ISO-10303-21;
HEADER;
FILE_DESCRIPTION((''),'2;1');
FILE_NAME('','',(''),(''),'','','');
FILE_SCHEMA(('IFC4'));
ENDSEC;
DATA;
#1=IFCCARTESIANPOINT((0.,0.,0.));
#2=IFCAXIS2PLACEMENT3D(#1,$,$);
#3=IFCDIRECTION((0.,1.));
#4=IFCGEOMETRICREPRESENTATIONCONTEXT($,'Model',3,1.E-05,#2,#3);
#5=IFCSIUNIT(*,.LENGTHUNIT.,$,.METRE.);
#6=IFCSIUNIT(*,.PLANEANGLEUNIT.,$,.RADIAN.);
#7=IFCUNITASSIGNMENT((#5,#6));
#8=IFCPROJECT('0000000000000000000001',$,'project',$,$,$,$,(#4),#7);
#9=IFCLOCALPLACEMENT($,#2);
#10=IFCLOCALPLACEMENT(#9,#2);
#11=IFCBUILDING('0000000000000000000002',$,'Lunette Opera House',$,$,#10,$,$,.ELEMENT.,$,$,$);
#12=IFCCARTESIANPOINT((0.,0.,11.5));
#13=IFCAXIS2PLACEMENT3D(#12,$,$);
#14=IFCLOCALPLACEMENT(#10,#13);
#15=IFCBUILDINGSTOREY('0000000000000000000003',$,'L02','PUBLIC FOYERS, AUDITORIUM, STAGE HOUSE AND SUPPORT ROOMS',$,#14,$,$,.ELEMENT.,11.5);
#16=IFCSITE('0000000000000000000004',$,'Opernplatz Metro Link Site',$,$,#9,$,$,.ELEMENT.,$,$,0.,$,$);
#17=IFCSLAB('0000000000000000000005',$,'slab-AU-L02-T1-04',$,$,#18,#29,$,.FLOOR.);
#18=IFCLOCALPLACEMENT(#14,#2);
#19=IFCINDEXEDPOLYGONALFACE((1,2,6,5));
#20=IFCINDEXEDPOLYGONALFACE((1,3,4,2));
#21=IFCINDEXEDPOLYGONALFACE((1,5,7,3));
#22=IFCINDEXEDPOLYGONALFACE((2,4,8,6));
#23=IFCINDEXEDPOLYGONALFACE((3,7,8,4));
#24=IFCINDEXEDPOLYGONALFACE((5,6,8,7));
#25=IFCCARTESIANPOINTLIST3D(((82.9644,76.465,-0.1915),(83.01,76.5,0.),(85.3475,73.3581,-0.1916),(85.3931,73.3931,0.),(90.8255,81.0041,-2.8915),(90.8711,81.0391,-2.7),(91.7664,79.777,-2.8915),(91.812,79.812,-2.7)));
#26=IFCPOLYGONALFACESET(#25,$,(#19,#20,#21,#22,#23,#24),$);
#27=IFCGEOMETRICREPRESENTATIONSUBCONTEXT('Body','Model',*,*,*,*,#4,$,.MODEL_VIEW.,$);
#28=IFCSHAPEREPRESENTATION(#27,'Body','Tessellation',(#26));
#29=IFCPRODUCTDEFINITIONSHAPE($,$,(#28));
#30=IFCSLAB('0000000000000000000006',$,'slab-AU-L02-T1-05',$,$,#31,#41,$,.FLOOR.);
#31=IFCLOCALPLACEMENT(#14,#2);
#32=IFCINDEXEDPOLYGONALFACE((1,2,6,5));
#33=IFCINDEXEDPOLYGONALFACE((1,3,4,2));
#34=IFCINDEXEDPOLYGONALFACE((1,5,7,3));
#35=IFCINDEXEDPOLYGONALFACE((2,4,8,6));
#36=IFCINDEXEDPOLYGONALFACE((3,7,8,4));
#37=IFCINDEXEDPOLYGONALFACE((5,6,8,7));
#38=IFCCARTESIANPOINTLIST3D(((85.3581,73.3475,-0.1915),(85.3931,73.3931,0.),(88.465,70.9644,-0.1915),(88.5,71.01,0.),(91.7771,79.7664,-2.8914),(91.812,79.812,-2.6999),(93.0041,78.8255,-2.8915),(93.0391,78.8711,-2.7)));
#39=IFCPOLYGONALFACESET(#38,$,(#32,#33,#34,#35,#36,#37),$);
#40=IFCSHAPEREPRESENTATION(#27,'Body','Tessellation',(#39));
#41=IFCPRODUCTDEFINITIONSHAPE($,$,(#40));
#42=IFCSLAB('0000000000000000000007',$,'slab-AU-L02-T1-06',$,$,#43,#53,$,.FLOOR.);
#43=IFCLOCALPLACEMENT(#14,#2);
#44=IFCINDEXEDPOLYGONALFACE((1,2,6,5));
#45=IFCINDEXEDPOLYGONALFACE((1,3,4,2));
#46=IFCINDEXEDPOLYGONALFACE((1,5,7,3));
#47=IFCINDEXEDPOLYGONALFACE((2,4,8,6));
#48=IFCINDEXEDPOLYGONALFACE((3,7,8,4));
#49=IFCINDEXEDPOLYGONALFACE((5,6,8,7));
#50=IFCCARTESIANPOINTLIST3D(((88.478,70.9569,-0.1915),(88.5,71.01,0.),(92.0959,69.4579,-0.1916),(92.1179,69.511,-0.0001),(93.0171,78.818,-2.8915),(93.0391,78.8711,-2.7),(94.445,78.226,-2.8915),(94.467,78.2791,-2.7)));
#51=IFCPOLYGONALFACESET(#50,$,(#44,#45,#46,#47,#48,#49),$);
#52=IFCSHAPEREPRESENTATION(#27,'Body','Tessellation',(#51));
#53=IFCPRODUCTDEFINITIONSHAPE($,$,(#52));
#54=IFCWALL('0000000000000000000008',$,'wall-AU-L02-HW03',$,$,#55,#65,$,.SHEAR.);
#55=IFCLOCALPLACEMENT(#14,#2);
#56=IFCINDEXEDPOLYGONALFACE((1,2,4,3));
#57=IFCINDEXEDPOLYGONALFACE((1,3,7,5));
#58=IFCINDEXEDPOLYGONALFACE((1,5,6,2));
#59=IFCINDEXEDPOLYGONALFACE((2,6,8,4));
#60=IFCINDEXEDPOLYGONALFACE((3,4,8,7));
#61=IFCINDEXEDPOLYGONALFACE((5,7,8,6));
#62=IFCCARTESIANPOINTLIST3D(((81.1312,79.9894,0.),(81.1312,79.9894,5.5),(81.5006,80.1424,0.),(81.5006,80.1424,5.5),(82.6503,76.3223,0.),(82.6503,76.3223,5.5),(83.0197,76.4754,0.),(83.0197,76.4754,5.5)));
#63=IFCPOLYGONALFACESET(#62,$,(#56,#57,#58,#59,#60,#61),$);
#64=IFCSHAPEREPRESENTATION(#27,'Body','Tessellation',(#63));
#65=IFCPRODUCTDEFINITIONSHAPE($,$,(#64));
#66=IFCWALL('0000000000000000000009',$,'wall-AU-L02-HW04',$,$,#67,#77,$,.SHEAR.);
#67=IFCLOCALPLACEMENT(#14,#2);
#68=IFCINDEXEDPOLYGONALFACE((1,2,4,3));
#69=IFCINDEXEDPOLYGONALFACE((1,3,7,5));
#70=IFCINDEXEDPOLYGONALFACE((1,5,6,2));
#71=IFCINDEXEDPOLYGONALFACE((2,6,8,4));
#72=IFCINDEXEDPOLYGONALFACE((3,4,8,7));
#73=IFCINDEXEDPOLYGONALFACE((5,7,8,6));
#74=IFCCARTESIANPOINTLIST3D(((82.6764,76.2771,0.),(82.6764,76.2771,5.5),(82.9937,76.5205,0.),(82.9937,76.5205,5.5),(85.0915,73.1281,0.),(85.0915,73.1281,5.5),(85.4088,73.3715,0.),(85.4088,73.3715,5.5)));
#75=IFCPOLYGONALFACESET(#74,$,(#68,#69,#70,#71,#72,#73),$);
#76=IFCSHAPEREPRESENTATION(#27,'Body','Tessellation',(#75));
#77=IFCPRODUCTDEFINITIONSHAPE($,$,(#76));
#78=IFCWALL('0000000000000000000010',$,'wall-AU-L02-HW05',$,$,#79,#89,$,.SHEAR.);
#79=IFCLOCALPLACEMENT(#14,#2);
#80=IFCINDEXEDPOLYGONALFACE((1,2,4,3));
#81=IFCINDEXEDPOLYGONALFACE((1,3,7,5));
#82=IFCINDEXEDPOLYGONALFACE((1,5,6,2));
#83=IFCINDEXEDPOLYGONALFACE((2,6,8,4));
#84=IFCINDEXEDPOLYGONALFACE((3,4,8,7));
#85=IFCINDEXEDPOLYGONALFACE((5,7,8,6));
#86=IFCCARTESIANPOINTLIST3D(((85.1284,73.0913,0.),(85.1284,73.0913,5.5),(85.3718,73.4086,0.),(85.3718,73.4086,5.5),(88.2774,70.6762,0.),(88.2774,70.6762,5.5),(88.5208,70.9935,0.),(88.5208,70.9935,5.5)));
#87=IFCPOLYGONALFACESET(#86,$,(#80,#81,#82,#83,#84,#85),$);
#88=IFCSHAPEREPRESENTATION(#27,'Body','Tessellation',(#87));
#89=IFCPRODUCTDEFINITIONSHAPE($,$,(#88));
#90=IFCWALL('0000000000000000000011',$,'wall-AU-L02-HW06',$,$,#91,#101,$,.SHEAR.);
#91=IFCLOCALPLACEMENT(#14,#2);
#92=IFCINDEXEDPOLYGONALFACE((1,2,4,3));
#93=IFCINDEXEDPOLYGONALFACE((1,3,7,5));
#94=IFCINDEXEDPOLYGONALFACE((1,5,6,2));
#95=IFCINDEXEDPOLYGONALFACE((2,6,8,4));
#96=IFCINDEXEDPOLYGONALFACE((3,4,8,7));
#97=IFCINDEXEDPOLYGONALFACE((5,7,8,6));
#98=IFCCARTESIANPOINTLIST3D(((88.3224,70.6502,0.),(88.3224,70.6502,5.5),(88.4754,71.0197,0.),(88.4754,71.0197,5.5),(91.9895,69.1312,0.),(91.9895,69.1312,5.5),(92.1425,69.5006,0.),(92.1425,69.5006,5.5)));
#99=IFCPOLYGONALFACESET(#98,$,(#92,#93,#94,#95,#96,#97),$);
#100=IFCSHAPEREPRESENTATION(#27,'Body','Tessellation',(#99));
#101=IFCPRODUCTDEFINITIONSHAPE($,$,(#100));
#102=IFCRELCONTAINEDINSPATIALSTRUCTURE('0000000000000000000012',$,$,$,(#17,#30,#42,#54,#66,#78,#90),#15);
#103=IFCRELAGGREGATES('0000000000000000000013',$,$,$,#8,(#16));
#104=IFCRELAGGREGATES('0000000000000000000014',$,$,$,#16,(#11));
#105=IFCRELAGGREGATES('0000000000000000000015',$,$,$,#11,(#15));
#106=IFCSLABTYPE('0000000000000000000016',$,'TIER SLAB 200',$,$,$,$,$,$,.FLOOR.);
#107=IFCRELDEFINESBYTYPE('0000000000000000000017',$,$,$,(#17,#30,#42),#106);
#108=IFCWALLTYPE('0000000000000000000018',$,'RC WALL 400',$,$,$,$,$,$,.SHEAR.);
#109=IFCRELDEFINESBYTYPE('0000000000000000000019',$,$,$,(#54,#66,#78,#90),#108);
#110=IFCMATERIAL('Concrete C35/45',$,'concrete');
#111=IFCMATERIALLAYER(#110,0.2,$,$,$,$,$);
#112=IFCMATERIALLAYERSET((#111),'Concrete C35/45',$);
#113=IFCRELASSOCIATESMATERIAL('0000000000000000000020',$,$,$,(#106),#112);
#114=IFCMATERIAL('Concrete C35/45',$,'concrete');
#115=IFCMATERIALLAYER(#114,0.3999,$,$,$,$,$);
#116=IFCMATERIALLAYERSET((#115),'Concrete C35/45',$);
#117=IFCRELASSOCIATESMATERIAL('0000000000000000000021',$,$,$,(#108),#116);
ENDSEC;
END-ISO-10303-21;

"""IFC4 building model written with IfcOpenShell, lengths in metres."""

from ifc_helpers import new_model, si_unit, direction, frame, frame_2d, origin, place, context, subcontext, project, spatial, polyline, rectangle, outline, extrude, material, layer, layer_set, type_object, element, save


model = new_model("IFC4")

# Units and contexts
model_context = context("Model", 3, precision=1e-05, world=origin(), true_north=direction((0.0, 1.0)))
body_context = subcontext(model_context, "Body", "Model", "MODEL_VIEW")
ifc_project = project(units=[si_unit("LENGTHUNIT", "METRE"), si_unit("PLANEANGLEUNIT", "RADIAN")], contexts=[model_context])

# Site, building, storey
site_placement = place(None, origin())
site = spatial("IfcSite", under=ifc_project, at=site_placement, Name="Opernplatz Metro Link Site", CompositionType="ELEMENT", RefElevation=0.0)
building_placement = place(site_placement, origin())
building = spatial("IfcBuilding", under=site, at=building_placement, Name="Lunette Opera House", CompositionType="ELEMENT")
storey_placement = place(building_placement, frame((0.0, 0.0, 11.5)))
storey = spatial("IfcBuildingStorey", under=building, at=storey_placement, Name="L02", Description="PUBLIC FOYERS, AUDITORIUM, STAGE HOUSE AND SUPPORT ROOMS", CompositionType="ELEMENT", Elevation=11.5)

# Slabs
ifc_material_1 = material(Name="Concrete C35/45", Category="concrete")
ifc_layer_1 = layer(ifc_material_1, 0.2)
ifc_layer_set_1 = layer_set([ifc_layer_1], Name="Concrete C35/45")
slab_type = type_object("IfcSlabType", Name="TIER SLAB 200", PredefinedType="FLOOR", material=ifc_layer_set_1)
slab_1_placement = place(storey_placement, frame((83.01, 76.5, 0.0), z_axis=(0.228006, 0.174871, 0.957827), x_axis=(0.608602, -0.793476, -0.00001)))
element("IfcSlab", 1, at=slab_1_placement, inside=storey, type_object=slab_type, Name="slab-AU-L02-T1-04", PredefinedType="FLOOR", context=body_context, shape_type="SweptSolid", body=[
    extrude(outline(polyline([(0.0, 0.0), (3.9156, 0.0), (2.7289, 9.3961), (1.1827, 9.3963), (0.0, 0.0)])), origin(), (0.0, 0.0, -1.0), 0.2),
])
slab_2_placement = place(storey_placement, frame((85.3931, 73.3931, 0.0), z_axis=(0.174871, 0.228006, 0.957827), x_axis=(0.793476, -0.608602, 0.00001)))
element("IfcSlab", 2, at=slab_2_placement, inside=storey, type_object=slab_type, Name="slab-AU-L02-T1-05", PredefinedType="FLOOR", context=body_context, shape_type="SweptSolid", body=[
    extrude(outline(polyline([(0.0, 0.0), (3.9156, 0.0), (2.7329, 9.3963), (1.1867, 9.3961), (0.0, 0.0)])), origin(), (0.0, 0.0, -1.0), 0.2),
])
slab_3_placement = place(storey_placement, frame((88.5, 71.01, 0.0), z_axis=(0.110009, 0.265461, 0.957825), x_axis=(0.923838, -0.382783, -0.000018)))
element("IfcSlab", 3, at=slab_3_placement, inside=storey, type_object=slab_type, Name="slab-AU-L02-T1-06", PredefinedType="FLOOR", context=body_context, shape_type="SweptSolid", body=[
    extrude(outline(polyline([(0.0, 0.0), (3.9162, 0.0), (2.7302, 9.3958), (1.1843, 9.3961), (0.0, 0.0)])), origin(), (0.0, 0.0, -1.0), 0.2),
])

# Walls
ifc_material_2 = material(Name="Concrete C35/45", Category="concrete")
ifc_layer_2 = layer(ifc_material_2, 0.3999)
ifc_layer_set_2 = layer_set([ifc_layer_2], Name="Concrete C35/45")
wall_type = type_object("IfcWallType", Name="RC WALL 400", PredefinedType="SHEAR", material=ifc_layer_set_2)
wall_1_placement = place(storey_placement, frame((81.3159, 80.0659, 0.0), z_axis=(0.0, 0.0, 1.0), x_axis=(0.38271, -0.923868, 0.0)))
element("IfcWall", 4, at=wall_1_placement, inside=storey, type_object=wall_type, Name="wall-AU-L02-HW03", PredefinedType="SHEAR", context=body_context, shape_type="SweptSolid", body=[
    extrude(rectangle(XDim=3.9692, YDim=0.3999, at=frame_2d((1.9846, 0.0))), origin(), (0.0, 0.0, 1.0), 5.5),
])
for number, where, z_axis, x_axis, name in (
    (5, (82.835, 76.3989, 0.0), (0.0, 0.0, 1.0), (0.608568, -0.793501, 0.0), "wall-AU-L02-HW04"),
    (6, (85.25, 73.25, 0.0), (0.0, 0.0, 1.0), (0.793501, -0.608568, 0.0), "wall-AU-L02-HW05"),
):
    element("IfcWall", number, at=place(storey_placement, frame(where, z_axis=z_axis, x_axis=x_axis)), inside=storey, type_object=wall_type, Name=name, PredefinedType="SHEAR", context=body_context, shape_type="SweptSolid", body=[
        extrude(rectangle(XDim=3.9685, YDim=0.3999, at=frame_2d((1.9844, 0.0))), origin(), (0.0, 0.0, 1.0), 5.5),
    ])
wall_2_placement = place(storey_placement, frame((88.3989, 70.835, 0.0), z_axis=(0.0, 0.0, 1.0), x_axis=(0.923868, -0.38271, 0.0)))
element("IfcWall", 7, at=wall_2_placement, inside=storey, type_object=wall_type, Name="wall-AU-L02-HW06", PredefinedType="SHEAR", context=body_context, shape_type="SweptSolid", body=[
    extrude(rectangle(XDim=3.9692, YDim=0.3999, at=frame_2d((1.9846, 0.0))), origin(), (0.0, 0.0, 1.0), 5.5),
])

save(model, "model.ifc")
